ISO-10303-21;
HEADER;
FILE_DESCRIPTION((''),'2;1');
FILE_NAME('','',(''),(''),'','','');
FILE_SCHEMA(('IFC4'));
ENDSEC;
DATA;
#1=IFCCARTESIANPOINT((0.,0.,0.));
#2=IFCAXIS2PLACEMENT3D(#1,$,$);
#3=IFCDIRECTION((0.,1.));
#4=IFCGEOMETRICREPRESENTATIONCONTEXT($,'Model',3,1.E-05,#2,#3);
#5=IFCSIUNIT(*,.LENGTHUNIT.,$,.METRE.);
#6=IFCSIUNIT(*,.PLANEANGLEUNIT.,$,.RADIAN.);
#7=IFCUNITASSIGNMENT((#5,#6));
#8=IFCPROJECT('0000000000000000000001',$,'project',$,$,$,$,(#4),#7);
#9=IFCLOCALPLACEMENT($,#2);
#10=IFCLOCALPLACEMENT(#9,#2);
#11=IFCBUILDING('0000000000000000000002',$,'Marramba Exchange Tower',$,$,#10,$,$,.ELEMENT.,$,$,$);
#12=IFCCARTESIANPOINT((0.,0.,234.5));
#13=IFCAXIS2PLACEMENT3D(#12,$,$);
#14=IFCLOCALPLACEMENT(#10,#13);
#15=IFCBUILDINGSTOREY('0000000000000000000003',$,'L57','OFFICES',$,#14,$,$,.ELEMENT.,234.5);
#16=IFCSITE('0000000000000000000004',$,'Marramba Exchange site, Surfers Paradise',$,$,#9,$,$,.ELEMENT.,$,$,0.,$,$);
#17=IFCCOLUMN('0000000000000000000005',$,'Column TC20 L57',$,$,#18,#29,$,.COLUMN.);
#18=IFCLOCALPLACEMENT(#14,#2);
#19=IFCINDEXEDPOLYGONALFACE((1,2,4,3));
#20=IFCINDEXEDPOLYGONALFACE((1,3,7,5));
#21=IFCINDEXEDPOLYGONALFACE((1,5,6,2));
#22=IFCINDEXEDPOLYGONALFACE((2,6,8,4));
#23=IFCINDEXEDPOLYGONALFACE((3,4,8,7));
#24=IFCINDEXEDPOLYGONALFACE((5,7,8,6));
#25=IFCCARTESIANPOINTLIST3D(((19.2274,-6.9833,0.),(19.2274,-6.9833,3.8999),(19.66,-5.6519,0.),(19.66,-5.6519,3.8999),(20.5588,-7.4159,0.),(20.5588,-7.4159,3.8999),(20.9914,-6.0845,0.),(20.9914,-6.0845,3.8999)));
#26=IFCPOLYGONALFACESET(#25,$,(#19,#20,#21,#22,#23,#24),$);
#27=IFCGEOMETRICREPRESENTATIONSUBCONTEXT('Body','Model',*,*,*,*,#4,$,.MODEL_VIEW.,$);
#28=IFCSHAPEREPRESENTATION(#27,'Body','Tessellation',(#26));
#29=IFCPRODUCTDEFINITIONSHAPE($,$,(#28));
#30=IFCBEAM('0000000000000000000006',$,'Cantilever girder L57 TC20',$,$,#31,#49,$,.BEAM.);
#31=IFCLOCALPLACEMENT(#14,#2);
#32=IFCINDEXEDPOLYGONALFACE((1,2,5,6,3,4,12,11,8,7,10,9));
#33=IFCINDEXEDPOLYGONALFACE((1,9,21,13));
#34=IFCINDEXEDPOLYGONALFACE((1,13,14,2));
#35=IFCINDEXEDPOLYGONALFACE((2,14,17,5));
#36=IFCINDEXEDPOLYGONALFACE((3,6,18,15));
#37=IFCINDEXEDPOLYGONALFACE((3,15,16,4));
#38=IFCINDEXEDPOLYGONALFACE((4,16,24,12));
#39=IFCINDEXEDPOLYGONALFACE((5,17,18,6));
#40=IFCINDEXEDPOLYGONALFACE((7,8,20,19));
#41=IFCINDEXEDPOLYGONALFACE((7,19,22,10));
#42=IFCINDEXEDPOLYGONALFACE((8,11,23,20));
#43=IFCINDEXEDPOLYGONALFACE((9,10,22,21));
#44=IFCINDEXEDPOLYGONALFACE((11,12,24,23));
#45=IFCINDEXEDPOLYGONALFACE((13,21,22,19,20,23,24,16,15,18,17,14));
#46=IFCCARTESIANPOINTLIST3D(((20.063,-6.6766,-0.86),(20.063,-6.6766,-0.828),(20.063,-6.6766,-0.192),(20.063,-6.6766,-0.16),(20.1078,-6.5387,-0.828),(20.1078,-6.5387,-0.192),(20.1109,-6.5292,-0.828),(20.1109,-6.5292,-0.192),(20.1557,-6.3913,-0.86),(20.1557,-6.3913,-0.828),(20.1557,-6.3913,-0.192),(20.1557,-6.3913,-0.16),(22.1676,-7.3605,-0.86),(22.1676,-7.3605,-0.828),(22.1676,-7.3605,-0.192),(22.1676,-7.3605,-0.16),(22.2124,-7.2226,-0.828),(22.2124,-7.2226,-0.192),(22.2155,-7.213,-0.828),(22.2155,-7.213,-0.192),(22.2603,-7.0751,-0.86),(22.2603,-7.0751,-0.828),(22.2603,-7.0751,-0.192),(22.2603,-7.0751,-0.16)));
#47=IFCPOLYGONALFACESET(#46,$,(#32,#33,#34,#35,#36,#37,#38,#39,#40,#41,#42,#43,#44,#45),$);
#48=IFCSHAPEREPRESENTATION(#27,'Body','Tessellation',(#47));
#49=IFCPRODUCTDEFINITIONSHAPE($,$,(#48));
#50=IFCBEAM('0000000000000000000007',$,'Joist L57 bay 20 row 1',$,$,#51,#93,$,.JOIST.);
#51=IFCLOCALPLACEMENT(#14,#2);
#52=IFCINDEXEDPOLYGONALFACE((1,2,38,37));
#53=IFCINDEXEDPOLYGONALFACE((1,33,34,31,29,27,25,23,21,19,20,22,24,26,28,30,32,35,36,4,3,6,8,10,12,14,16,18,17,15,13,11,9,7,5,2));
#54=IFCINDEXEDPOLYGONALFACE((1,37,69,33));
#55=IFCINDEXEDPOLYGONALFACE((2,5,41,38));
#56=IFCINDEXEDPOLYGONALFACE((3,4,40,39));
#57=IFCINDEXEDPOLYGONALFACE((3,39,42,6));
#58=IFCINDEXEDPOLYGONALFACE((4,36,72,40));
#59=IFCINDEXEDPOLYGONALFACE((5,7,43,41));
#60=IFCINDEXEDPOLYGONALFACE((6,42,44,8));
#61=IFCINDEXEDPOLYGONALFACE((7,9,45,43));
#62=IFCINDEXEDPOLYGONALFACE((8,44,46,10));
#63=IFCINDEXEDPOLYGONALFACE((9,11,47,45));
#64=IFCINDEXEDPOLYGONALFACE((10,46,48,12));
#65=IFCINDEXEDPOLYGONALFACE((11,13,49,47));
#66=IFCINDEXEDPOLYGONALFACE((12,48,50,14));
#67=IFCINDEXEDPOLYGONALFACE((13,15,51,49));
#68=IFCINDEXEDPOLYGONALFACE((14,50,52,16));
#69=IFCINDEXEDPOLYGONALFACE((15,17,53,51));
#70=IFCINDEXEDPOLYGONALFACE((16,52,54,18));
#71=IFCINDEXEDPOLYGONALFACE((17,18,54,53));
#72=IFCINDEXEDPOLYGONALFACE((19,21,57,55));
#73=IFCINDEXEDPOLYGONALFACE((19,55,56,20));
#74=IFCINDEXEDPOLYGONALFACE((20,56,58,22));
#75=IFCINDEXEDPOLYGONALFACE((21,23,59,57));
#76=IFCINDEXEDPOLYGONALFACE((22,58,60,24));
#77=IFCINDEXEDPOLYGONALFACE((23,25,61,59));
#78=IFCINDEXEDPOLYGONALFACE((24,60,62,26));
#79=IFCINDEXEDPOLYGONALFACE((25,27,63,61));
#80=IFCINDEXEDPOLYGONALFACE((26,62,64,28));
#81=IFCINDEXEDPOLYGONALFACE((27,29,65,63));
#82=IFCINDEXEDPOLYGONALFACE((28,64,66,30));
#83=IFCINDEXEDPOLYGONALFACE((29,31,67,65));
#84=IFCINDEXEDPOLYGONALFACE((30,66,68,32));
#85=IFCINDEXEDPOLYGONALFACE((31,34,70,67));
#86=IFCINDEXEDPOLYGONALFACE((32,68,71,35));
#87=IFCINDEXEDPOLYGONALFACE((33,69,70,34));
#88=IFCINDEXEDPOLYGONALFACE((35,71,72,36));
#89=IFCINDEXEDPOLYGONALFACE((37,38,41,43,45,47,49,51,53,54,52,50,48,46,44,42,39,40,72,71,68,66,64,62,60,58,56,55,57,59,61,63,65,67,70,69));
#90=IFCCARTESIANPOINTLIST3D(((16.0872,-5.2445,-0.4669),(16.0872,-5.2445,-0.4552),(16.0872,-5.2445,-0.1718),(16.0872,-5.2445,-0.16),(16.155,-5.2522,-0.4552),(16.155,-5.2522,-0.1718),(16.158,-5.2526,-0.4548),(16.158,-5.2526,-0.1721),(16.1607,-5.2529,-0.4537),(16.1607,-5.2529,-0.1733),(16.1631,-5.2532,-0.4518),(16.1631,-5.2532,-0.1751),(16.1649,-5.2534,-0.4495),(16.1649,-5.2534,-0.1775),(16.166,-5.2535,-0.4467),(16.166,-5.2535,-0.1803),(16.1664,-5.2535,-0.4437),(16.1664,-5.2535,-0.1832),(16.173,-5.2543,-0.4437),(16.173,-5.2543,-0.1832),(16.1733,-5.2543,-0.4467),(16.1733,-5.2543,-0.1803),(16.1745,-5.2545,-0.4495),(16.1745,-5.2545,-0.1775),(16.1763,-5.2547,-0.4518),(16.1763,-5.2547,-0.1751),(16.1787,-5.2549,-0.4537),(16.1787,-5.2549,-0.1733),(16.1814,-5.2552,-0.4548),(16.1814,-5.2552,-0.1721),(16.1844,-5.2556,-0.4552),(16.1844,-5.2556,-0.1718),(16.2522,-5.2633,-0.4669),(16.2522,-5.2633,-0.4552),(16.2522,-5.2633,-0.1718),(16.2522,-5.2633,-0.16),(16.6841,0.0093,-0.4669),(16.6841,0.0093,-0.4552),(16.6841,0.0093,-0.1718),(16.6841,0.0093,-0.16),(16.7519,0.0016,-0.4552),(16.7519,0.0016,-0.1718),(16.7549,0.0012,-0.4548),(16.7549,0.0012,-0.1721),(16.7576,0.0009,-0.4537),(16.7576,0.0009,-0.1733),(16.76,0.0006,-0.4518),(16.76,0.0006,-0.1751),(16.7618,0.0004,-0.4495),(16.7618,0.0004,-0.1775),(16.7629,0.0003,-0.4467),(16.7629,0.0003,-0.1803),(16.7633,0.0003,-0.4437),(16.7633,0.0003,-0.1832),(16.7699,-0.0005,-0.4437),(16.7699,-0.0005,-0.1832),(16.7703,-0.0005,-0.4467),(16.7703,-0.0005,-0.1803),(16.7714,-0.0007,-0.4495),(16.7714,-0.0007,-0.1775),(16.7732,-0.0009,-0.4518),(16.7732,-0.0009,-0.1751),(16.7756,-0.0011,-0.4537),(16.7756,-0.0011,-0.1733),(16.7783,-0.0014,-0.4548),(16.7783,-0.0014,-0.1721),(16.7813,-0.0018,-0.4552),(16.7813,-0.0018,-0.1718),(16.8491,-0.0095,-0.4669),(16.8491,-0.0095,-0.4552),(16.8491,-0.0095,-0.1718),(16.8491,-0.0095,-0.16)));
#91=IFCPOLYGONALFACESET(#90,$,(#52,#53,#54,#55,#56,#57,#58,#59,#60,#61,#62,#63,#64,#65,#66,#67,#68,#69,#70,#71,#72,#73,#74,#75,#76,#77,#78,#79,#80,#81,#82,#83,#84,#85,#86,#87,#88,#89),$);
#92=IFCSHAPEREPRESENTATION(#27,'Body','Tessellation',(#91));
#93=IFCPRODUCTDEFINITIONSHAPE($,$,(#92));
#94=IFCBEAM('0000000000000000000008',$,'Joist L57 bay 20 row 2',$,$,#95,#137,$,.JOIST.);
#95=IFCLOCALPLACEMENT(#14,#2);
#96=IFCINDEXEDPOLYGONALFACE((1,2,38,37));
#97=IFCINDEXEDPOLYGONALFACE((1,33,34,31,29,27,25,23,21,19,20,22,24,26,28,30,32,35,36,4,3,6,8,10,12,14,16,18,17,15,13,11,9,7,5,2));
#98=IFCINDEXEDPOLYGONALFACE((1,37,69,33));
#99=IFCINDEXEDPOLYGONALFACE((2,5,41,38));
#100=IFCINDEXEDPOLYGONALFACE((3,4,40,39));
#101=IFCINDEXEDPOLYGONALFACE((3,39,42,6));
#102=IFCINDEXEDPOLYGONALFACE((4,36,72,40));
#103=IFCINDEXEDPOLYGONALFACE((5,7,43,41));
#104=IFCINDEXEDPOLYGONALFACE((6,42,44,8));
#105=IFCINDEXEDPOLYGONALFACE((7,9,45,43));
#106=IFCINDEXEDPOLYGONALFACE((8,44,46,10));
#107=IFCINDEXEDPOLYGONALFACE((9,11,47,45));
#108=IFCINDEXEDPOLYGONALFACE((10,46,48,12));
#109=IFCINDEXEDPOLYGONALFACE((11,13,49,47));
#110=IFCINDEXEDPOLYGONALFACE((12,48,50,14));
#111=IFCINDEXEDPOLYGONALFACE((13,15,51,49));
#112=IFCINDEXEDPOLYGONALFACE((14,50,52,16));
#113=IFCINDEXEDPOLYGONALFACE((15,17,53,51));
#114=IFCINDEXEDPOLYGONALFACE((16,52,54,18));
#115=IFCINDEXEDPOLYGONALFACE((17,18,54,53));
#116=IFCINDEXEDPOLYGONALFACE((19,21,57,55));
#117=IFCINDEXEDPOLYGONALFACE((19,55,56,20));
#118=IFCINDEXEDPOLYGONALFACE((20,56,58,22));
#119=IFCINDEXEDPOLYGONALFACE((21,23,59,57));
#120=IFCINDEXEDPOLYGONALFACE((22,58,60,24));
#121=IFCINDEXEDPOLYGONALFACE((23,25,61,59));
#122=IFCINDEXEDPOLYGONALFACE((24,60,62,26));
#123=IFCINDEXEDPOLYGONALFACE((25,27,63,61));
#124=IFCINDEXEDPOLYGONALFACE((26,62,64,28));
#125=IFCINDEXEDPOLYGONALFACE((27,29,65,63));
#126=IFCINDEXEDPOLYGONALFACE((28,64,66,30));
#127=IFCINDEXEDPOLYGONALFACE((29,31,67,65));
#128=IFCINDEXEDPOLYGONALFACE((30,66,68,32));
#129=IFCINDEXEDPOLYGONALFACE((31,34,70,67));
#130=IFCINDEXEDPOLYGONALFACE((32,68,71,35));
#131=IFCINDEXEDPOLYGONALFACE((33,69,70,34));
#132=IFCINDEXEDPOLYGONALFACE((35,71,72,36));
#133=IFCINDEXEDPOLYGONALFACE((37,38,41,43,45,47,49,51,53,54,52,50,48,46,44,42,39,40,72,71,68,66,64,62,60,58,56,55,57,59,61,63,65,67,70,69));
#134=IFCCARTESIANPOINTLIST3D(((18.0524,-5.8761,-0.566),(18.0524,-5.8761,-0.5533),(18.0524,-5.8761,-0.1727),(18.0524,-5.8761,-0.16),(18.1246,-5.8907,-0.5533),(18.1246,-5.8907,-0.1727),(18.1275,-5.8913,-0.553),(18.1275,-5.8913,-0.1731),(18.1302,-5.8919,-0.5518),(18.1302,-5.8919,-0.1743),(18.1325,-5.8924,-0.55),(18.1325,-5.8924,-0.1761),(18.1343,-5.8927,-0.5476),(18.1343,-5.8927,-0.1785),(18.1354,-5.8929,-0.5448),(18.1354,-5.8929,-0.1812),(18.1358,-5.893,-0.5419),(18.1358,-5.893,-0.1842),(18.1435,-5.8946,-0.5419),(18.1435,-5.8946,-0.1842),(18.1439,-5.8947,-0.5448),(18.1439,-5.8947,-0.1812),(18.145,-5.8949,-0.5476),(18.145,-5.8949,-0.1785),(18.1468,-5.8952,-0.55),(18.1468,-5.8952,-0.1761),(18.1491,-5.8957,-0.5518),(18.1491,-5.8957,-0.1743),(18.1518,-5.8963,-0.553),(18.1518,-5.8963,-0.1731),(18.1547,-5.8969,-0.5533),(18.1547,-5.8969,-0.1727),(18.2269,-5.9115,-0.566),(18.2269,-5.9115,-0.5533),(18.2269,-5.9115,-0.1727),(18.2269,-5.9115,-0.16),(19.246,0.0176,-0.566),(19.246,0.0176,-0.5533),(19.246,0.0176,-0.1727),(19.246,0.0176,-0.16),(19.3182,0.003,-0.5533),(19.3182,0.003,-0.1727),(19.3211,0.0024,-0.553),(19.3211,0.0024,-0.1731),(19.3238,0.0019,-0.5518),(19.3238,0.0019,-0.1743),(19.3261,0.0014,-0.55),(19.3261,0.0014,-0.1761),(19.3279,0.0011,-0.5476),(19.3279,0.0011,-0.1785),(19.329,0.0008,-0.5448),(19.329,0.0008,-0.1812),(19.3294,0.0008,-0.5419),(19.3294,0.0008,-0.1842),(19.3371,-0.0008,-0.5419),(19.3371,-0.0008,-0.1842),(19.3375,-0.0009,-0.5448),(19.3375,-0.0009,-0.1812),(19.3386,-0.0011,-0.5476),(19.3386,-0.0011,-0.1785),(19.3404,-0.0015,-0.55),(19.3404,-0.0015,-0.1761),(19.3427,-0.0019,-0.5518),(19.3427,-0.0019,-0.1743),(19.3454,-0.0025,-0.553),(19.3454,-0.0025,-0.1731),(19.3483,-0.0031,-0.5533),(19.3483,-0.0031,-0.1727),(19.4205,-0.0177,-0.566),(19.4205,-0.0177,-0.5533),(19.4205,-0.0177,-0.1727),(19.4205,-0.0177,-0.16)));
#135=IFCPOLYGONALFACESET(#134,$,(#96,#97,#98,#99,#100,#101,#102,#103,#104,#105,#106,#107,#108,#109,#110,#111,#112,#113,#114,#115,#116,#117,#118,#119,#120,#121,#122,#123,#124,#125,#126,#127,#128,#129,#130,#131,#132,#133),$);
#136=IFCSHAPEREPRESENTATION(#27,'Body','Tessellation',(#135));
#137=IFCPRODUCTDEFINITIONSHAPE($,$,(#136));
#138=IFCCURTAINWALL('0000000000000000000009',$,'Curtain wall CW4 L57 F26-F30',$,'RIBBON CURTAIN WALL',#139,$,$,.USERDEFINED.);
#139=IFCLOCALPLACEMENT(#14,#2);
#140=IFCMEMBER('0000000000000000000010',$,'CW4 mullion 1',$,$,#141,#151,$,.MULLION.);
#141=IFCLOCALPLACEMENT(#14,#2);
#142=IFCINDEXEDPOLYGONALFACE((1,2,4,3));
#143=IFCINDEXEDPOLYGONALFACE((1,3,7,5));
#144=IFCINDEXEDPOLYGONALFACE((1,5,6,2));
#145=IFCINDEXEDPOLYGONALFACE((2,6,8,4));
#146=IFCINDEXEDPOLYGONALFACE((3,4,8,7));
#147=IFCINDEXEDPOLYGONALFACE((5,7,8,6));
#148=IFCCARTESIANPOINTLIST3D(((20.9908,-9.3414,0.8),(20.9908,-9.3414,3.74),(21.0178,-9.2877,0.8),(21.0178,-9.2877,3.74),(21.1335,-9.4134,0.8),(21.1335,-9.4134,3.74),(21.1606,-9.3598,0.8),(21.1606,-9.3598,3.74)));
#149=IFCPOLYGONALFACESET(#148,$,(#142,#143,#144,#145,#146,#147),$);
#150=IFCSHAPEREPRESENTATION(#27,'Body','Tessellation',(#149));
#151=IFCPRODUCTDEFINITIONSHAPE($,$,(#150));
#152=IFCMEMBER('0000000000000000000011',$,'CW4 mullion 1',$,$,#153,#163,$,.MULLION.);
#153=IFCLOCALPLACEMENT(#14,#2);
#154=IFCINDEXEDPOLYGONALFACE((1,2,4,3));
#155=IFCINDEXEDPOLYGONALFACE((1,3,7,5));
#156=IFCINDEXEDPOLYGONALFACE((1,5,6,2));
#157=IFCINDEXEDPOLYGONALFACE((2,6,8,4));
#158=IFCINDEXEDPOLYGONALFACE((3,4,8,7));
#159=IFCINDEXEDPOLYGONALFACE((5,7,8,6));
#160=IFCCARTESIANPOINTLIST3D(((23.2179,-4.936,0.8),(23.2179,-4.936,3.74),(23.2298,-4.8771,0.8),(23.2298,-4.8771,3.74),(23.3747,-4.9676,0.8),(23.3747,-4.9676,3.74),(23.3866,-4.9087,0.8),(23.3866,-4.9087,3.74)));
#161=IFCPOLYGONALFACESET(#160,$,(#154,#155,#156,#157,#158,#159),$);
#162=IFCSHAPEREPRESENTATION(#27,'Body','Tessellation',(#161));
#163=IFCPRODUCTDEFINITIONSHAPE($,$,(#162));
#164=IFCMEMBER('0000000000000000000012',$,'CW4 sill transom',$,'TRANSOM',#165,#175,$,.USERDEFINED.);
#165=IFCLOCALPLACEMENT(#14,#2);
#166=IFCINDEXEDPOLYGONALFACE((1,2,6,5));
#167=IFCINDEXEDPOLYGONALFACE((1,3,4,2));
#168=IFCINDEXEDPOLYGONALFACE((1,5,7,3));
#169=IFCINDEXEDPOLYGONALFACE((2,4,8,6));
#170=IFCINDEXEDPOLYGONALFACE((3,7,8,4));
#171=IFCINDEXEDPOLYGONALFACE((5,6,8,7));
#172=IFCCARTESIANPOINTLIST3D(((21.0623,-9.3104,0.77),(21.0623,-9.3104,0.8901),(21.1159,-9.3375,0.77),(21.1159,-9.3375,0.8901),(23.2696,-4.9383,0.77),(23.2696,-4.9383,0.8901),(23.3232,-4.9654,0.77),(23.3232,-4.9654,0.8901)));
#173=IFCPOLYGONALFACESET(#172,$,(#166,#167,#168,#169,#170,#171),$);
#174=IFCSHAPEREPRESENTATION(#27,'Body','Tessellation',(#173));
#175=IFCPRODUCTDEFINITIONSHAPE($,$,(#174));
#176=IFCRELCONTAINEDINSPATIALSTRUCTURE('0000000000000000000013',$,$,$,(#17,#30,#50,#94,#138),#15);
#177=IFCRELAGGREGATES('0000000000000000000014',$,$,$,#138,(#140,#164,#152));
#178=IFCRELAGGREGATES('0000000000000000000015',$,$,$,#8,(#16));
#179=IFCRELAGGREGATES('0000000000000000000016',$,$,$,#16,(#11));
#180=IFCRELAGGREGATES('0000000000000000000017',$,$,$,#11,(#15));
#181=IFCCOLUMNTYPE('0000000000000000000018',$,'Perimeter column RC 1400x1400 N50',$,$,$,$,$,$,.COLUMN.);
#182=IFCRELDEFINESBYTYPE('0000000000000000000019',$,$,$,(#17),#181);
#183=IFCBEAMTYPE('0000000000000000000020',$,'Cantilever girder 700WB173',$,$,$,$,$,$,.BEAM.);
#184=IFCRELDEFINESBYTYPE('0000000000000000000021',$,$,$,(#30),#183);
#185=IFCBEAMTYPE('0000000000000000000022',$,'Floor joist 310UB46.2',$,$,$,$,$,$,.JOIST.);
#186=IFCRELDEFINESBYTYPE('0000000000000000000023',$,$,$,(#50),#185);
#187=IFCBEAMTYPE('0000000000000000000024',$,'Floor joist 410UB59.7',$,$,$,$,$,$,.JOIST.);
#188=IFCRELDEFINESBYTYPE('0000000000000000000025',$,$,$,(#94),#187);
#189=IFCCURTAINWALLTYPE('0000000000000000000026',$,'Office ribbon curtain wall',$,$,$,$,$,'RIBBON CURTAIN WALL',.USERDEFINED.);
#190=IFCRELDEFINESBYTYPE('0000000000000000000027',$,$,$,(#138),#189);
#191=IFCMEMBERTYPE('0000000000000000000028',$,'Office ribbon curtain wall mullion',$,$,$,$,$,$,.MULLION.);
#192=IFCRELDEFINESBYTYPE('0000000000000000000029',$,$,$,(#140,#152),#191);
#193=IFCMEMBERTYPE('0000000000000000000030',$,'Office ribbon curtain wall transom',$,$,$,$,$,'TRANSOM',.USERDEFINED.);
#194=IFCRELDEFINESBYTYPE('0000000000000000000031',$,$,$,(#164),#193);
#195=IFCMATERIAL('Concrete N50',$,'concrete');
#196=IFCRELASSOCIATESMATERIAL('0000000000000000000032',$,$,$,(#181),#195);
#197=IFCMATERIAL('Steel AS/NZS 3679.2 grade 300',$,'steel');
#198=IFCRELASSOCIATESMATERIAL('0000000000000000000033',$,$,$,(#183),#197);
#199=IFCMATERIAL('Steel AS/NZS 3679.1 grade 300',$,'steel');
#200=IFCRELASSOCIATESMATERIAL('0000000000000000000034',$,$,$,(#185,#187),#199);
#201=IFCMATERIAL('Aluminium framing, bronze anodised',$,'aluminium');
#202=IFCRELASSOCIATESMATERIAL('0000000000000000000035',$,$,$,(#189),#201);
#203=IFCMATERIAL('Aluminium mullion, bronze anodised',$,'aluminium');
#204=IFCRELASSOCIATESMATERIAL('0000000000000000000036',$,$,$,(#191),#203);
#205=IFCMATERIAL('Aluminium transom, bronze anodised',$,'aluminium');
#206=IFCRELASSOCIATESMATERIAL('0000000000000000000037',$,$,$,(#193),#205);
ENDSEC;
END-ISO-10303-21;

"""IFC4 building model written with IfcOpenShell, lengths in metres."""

from ifc_helpers import new_model, si_unit, direction, frame, origin, origin_2d, place, context, subcontext, project, spatial, rectangle, i_section, extrude, material, material_profile, profile_set, type_object, element, aggregate, save


model = new_model("IFC4")

# Units and contexts
model_context = context("Model", 3, precision=1e-05, world=origin(), true_north=direction((0.0, 1.0)))
body_context = subcontext(model_context, "Body", "Model", "MODEL_VIEW")
ifc_project = project(units=[si_unit("LENGTHUNIT", "METRE"), si_unit("PLANEANGLEUNIT", "RADIAN")], contexts=[model_context])

# Site, building, storey
site_placement = place(None, origin())
site = spatial("IfcSite", under=ifc_project, at=site_placement, Name="Marramba Exchange site, Surfers Paradise", CompositionType="ELEMENT", RefElevation=0.0)
building_placement = place(site_placement, origin())
building = spatial("IfcBuilding", under=site, at=building_placement, Name="Marramba Exchange Tower", CompositionType="ELEMENT")
storey_placement = place(building_placement, frame((0.0, 0.0, 234.5)))
storey = spatial("IfcBuildingStorey", under=building, at=storey_placement, Name="L57", Description="OFFICES", CompositionType="ELEMENT", Elevation=234.5)

# Column
ifc_material_1 = material(Name="Concrete N50", Category="concrete")
ifc_material_profile_1 = material_profile(ifc_material_1, rectangle(XDim=1.3999, YDim=1.3999, at=origin_2d()), Name="RC 1400x1400")
ifc_profile_set_1 = profile_set([ifc_material_profile_1], Name="Concrete N50")
column_type = type_object("IfcColumnType", Name="Perimeter column RC 1400x1400 N50", PredefinedType="COLUMN", material=ifc_profile_set_1)
column_placement = place(storey_placement, frame((20.1094, -6.5339, 0.0), z_axis=(0.0, 0.0, 1.0), x_axis=(0.951057, -0.309017, 0.0)))
element("IfcColumn", 1, at=column_placement, inside=storey, type_object=column_type, Name="Column TC20 L57", PredefinedType="COLUMN", context=body_context, shape_type="SweptSolid", body=[
    extrude(rectangle(XDim=1.3999, YDim=1.3999, at=origin_2d()), origin(), (0.0, 0.0, 1.0), 3.8999),
])

# Beams
ifc_material_2 = material(Name="Steel AS/NZS 3679.2 grade 300", Category="steel")
ifc_material_profile_2 = material_profile(ifc_material_2, i_section(OverallWidth=0.3, OverallDepth=0.7, WebThickness=0.01, FlangeThickness=0.032, at=origin_2d()), Name="700WB173")
ifc_profile_set_2 = profile_set([ifc_material_profile_2], Name="Steel AS/NZS 3679.2 grade 300")
beam_type_1 = type_object("IfcBeamType", Name="Cantilever girder 700WB173", PredefinedType="BEAM", material=ifc_profile_set_2)
beam_1_placement = place(storey_placement, frame((20.1094, -6.5339, -0.51), z_axis=(0.95105, -0.309036, 0.0), x_axis=(0.309036, 0.95105, 0.0)))
element("IfcBeam", 2, at=beam_1_placement, inside=storey, type_object=beam_type_1, Name="Cantilever girder L57 TC20", PredefinedType="BEAM", context=body_context, shape_type="SweptSolid", body=[
    extrude(i_section(OverallWidth=0.3, OverallDepth=0.7, WebThickness=0.01, FlangeThickness=0.032, at=origin_2d()), origin(), (0.0, 0.0, 1.0), 2.2129),
])
ifc_material_3 = material(Name="Steel AS/NZS 3679.1 grade 300", Category="steel")
ifc_material_profile_3 = material_profile(ifc_material_3, i_section(OverallWidth=0.166, OverallDepth=0.3069, WebThickness=0.0066, FlangeThickness=0.0117, FilletRadius=0.0115, at=origin_2d()), Name="310UB46.2")
ifc_profile_set_3 = profile_set([ifc_material_profile_3], Name="Steel AS/NZS 3679.1 grade 300")
beam_type_2 = type_object("IfcBeamType", Name="Floor joist 310UB46.2", PredefinedType="JOIST", material=ifc_profile_set_3)
beam_2_placement = place(storey_placement, frame((16.1697, -5.2539, -0.3135), z_axis=(0.112889, 0.993608, 0.0), x_axis=(-0.993608, 0.112889, 0.0)))
element("IfcBeam", 3, at=beam_2_placement, inside=storey, type_object=beam_type_2, Name="Joist L57 bay 20 row 1", PredefinedType="JOIST", context=body_context, shape_type="SweptSolid", body=[
    extrude(i_section(OverallWidth=0.166, OverallDepth=0.3069, WebThickness=0.0066, FlangeThickness=0.0117, FilletRadius=0.0115, at=origin_2d()), origin(), (0.0, 0.0, 1.0), 5.2876),
])
ifc_material_profile_4 = material_profile(ifc_material_3, i_section(OverallWidth=0.178, OverallDepth=0.406, WebThickness=0.0078, FlangeThickness=0.0127, FilletRadius=0.0115, at=origin_2d()), Name="410UB59.7")
ifc_profile_set_4 = profile_set([ifc_material_profile_4], Name="Steel AS/NZS 3679.1 grade 300")
beam_type_3 = type_object("IfcBeamType", Name="Floor joist 410UB59.7", PredefinedType="JOIST", material=ifc_profile_set_4)
beam_3_placement = place(storey_placement, frame((18.1396, -5.8938, -0.363), z_axis=(0.198489, 0.980103, 0.0), x_axis=(-0.980103, 0.198489, 0.0)))
element("IfcBeam", 4, at=beam_3_placement, inside=storey, type_object=beam_type_3, Name="Joist L57 bay 20 row 2", PredefinedType="JOIST", context=body_context, shape_type="SweptSolid", body=[
    extrude(i_section(OverallWidth=0.178, OverallDepth=0.406, WebThickness=0.0078, FlangeThickness=0.0127, FilletRadius=0.0115, at=origin_2d()), origin(), (0.0, 0.0, 1.0), 6.0134),
])

# Curtain wall, members
ifc_material_4 = material(Name="Aluminium framing, bronze anodised", Category="aluminium")
curtain_wall_type = type_object("IfcCurtainWallType", Name="Office ribbon curtain wall", ElementType="RIBBON CURTAIN WALL", PredefinedType="USERDEFINED", material=ifc_material_4)
curtain_wall_placement = place(storey_placement, origin())
curtain_wall = element("IfcCurtainWall", 5, at=curtain_wall_placement, inside=storey, type_object=curtain_wall_type, Name="Curtain wall CW4 L57 F26-F30", ObjectType="RIBBON CURTAIN WALL", PredefinedType="USERDEFINED")
ifc_material_5 = material(Name="Aluminium mullion, bronze anodised", Category="aluminium")
ifc_material_profile_5 = material_profile(ifc_material_5, rectangle(XDim=0.1599, YDim=0.0601, at=origin_2d()), Name="CW4 mullion 60x160")
ifc_profile_set_5 = profile_set([ifc_material_profile_5], Name="Aluminium mullion, bronze anodised")
member_type_1 = type_object("IfcMemberType", Name="Office ribbon curtain wall mullion", PredefinedType="MULLION", material=ifc_profile_set_5)
member_1_placement = place(storey_placement, frame((21.0757, -9.3506, 0.8), z_axis=(0.0, 0.0, 1.0), x_axis=(-0.892689, 0.450673, 0.0)))
member_1 = element("IfcMember", 6, at=member_1_placement, type_object=member_type_1, Name="CW4 mullion 1", PredefinedType="MULLION", context=body_context, shape_type="SweptSolid", body=[
    extrude(rectangle(XDim=0.1599, YDim=0.0601, at=origin_2d()), origin(), (0.0, 0.0, 1.0), 2.9399),
])
member_2_placement = place(storey_placement, frame((23.3022, -4.9224, 0.8), z_axis=(0.0, 0.0, 1.0), x_axis=(-0.980304, 0.197495, 0.0)))
member_2 = element("IfcMember", 7, at=member_2_placement, type_object=member_type_1, Name="CW4 mullion 1", PredefinedType="MULLION", context=body_context, shape_type="SweptSolid", body=[
    extrude(rectangle(XDim=0.1599, YDim=0.0601, at=origin_2d()), origin(), (0.0, 0.0, 1.0), 2.9399),
])
ifc_material_6 = material(Name="Aluminium transom, bronze anodised", Category="aluminium")
ifc_material_profile_6 = material_profile(ifc_material_6, rectangle(XDim=0.0601, YDim=0.1201, at=origin_2d()), Name="CW4 transom 60x120")
ifc_profile_set_6 = profile_set([ifc_material_profile_6], Name="Aluminium transom, bronze anodised")
member_type_2 = type_object("IfcMemberType", Name="Office ribbon curtain wall transom", ElementType="TRANSOM", PredefinedType="USERDEFINED", material=ifc_profile_set_6)
member_3_placement = place(storey_placement, frame((21.0891, -9.324, 0.8301), z_axis=(0.45068, 0.892686, 0.0), x_axis=(-0.892686, 0.45068, 0.0)))
member_3 = element("IfcMember", 8, at=member_3_placement, type_object=member_type_2, Name="CW4 sill transom", ObjectType="TRANSOM", PredefinedType="USERDEFINED", context=body_context, shape_type="SweptSolid", body=[
    extrude(rectangle(XDim=0.0601, YDim=0.1201, at=origin_2d()), origin(), (0.0, 0.0, 1.0), 4.8977),
])

aggregate(curtain_wall, [member_1, member_3, member_2])

save(model, "model.ifc")
